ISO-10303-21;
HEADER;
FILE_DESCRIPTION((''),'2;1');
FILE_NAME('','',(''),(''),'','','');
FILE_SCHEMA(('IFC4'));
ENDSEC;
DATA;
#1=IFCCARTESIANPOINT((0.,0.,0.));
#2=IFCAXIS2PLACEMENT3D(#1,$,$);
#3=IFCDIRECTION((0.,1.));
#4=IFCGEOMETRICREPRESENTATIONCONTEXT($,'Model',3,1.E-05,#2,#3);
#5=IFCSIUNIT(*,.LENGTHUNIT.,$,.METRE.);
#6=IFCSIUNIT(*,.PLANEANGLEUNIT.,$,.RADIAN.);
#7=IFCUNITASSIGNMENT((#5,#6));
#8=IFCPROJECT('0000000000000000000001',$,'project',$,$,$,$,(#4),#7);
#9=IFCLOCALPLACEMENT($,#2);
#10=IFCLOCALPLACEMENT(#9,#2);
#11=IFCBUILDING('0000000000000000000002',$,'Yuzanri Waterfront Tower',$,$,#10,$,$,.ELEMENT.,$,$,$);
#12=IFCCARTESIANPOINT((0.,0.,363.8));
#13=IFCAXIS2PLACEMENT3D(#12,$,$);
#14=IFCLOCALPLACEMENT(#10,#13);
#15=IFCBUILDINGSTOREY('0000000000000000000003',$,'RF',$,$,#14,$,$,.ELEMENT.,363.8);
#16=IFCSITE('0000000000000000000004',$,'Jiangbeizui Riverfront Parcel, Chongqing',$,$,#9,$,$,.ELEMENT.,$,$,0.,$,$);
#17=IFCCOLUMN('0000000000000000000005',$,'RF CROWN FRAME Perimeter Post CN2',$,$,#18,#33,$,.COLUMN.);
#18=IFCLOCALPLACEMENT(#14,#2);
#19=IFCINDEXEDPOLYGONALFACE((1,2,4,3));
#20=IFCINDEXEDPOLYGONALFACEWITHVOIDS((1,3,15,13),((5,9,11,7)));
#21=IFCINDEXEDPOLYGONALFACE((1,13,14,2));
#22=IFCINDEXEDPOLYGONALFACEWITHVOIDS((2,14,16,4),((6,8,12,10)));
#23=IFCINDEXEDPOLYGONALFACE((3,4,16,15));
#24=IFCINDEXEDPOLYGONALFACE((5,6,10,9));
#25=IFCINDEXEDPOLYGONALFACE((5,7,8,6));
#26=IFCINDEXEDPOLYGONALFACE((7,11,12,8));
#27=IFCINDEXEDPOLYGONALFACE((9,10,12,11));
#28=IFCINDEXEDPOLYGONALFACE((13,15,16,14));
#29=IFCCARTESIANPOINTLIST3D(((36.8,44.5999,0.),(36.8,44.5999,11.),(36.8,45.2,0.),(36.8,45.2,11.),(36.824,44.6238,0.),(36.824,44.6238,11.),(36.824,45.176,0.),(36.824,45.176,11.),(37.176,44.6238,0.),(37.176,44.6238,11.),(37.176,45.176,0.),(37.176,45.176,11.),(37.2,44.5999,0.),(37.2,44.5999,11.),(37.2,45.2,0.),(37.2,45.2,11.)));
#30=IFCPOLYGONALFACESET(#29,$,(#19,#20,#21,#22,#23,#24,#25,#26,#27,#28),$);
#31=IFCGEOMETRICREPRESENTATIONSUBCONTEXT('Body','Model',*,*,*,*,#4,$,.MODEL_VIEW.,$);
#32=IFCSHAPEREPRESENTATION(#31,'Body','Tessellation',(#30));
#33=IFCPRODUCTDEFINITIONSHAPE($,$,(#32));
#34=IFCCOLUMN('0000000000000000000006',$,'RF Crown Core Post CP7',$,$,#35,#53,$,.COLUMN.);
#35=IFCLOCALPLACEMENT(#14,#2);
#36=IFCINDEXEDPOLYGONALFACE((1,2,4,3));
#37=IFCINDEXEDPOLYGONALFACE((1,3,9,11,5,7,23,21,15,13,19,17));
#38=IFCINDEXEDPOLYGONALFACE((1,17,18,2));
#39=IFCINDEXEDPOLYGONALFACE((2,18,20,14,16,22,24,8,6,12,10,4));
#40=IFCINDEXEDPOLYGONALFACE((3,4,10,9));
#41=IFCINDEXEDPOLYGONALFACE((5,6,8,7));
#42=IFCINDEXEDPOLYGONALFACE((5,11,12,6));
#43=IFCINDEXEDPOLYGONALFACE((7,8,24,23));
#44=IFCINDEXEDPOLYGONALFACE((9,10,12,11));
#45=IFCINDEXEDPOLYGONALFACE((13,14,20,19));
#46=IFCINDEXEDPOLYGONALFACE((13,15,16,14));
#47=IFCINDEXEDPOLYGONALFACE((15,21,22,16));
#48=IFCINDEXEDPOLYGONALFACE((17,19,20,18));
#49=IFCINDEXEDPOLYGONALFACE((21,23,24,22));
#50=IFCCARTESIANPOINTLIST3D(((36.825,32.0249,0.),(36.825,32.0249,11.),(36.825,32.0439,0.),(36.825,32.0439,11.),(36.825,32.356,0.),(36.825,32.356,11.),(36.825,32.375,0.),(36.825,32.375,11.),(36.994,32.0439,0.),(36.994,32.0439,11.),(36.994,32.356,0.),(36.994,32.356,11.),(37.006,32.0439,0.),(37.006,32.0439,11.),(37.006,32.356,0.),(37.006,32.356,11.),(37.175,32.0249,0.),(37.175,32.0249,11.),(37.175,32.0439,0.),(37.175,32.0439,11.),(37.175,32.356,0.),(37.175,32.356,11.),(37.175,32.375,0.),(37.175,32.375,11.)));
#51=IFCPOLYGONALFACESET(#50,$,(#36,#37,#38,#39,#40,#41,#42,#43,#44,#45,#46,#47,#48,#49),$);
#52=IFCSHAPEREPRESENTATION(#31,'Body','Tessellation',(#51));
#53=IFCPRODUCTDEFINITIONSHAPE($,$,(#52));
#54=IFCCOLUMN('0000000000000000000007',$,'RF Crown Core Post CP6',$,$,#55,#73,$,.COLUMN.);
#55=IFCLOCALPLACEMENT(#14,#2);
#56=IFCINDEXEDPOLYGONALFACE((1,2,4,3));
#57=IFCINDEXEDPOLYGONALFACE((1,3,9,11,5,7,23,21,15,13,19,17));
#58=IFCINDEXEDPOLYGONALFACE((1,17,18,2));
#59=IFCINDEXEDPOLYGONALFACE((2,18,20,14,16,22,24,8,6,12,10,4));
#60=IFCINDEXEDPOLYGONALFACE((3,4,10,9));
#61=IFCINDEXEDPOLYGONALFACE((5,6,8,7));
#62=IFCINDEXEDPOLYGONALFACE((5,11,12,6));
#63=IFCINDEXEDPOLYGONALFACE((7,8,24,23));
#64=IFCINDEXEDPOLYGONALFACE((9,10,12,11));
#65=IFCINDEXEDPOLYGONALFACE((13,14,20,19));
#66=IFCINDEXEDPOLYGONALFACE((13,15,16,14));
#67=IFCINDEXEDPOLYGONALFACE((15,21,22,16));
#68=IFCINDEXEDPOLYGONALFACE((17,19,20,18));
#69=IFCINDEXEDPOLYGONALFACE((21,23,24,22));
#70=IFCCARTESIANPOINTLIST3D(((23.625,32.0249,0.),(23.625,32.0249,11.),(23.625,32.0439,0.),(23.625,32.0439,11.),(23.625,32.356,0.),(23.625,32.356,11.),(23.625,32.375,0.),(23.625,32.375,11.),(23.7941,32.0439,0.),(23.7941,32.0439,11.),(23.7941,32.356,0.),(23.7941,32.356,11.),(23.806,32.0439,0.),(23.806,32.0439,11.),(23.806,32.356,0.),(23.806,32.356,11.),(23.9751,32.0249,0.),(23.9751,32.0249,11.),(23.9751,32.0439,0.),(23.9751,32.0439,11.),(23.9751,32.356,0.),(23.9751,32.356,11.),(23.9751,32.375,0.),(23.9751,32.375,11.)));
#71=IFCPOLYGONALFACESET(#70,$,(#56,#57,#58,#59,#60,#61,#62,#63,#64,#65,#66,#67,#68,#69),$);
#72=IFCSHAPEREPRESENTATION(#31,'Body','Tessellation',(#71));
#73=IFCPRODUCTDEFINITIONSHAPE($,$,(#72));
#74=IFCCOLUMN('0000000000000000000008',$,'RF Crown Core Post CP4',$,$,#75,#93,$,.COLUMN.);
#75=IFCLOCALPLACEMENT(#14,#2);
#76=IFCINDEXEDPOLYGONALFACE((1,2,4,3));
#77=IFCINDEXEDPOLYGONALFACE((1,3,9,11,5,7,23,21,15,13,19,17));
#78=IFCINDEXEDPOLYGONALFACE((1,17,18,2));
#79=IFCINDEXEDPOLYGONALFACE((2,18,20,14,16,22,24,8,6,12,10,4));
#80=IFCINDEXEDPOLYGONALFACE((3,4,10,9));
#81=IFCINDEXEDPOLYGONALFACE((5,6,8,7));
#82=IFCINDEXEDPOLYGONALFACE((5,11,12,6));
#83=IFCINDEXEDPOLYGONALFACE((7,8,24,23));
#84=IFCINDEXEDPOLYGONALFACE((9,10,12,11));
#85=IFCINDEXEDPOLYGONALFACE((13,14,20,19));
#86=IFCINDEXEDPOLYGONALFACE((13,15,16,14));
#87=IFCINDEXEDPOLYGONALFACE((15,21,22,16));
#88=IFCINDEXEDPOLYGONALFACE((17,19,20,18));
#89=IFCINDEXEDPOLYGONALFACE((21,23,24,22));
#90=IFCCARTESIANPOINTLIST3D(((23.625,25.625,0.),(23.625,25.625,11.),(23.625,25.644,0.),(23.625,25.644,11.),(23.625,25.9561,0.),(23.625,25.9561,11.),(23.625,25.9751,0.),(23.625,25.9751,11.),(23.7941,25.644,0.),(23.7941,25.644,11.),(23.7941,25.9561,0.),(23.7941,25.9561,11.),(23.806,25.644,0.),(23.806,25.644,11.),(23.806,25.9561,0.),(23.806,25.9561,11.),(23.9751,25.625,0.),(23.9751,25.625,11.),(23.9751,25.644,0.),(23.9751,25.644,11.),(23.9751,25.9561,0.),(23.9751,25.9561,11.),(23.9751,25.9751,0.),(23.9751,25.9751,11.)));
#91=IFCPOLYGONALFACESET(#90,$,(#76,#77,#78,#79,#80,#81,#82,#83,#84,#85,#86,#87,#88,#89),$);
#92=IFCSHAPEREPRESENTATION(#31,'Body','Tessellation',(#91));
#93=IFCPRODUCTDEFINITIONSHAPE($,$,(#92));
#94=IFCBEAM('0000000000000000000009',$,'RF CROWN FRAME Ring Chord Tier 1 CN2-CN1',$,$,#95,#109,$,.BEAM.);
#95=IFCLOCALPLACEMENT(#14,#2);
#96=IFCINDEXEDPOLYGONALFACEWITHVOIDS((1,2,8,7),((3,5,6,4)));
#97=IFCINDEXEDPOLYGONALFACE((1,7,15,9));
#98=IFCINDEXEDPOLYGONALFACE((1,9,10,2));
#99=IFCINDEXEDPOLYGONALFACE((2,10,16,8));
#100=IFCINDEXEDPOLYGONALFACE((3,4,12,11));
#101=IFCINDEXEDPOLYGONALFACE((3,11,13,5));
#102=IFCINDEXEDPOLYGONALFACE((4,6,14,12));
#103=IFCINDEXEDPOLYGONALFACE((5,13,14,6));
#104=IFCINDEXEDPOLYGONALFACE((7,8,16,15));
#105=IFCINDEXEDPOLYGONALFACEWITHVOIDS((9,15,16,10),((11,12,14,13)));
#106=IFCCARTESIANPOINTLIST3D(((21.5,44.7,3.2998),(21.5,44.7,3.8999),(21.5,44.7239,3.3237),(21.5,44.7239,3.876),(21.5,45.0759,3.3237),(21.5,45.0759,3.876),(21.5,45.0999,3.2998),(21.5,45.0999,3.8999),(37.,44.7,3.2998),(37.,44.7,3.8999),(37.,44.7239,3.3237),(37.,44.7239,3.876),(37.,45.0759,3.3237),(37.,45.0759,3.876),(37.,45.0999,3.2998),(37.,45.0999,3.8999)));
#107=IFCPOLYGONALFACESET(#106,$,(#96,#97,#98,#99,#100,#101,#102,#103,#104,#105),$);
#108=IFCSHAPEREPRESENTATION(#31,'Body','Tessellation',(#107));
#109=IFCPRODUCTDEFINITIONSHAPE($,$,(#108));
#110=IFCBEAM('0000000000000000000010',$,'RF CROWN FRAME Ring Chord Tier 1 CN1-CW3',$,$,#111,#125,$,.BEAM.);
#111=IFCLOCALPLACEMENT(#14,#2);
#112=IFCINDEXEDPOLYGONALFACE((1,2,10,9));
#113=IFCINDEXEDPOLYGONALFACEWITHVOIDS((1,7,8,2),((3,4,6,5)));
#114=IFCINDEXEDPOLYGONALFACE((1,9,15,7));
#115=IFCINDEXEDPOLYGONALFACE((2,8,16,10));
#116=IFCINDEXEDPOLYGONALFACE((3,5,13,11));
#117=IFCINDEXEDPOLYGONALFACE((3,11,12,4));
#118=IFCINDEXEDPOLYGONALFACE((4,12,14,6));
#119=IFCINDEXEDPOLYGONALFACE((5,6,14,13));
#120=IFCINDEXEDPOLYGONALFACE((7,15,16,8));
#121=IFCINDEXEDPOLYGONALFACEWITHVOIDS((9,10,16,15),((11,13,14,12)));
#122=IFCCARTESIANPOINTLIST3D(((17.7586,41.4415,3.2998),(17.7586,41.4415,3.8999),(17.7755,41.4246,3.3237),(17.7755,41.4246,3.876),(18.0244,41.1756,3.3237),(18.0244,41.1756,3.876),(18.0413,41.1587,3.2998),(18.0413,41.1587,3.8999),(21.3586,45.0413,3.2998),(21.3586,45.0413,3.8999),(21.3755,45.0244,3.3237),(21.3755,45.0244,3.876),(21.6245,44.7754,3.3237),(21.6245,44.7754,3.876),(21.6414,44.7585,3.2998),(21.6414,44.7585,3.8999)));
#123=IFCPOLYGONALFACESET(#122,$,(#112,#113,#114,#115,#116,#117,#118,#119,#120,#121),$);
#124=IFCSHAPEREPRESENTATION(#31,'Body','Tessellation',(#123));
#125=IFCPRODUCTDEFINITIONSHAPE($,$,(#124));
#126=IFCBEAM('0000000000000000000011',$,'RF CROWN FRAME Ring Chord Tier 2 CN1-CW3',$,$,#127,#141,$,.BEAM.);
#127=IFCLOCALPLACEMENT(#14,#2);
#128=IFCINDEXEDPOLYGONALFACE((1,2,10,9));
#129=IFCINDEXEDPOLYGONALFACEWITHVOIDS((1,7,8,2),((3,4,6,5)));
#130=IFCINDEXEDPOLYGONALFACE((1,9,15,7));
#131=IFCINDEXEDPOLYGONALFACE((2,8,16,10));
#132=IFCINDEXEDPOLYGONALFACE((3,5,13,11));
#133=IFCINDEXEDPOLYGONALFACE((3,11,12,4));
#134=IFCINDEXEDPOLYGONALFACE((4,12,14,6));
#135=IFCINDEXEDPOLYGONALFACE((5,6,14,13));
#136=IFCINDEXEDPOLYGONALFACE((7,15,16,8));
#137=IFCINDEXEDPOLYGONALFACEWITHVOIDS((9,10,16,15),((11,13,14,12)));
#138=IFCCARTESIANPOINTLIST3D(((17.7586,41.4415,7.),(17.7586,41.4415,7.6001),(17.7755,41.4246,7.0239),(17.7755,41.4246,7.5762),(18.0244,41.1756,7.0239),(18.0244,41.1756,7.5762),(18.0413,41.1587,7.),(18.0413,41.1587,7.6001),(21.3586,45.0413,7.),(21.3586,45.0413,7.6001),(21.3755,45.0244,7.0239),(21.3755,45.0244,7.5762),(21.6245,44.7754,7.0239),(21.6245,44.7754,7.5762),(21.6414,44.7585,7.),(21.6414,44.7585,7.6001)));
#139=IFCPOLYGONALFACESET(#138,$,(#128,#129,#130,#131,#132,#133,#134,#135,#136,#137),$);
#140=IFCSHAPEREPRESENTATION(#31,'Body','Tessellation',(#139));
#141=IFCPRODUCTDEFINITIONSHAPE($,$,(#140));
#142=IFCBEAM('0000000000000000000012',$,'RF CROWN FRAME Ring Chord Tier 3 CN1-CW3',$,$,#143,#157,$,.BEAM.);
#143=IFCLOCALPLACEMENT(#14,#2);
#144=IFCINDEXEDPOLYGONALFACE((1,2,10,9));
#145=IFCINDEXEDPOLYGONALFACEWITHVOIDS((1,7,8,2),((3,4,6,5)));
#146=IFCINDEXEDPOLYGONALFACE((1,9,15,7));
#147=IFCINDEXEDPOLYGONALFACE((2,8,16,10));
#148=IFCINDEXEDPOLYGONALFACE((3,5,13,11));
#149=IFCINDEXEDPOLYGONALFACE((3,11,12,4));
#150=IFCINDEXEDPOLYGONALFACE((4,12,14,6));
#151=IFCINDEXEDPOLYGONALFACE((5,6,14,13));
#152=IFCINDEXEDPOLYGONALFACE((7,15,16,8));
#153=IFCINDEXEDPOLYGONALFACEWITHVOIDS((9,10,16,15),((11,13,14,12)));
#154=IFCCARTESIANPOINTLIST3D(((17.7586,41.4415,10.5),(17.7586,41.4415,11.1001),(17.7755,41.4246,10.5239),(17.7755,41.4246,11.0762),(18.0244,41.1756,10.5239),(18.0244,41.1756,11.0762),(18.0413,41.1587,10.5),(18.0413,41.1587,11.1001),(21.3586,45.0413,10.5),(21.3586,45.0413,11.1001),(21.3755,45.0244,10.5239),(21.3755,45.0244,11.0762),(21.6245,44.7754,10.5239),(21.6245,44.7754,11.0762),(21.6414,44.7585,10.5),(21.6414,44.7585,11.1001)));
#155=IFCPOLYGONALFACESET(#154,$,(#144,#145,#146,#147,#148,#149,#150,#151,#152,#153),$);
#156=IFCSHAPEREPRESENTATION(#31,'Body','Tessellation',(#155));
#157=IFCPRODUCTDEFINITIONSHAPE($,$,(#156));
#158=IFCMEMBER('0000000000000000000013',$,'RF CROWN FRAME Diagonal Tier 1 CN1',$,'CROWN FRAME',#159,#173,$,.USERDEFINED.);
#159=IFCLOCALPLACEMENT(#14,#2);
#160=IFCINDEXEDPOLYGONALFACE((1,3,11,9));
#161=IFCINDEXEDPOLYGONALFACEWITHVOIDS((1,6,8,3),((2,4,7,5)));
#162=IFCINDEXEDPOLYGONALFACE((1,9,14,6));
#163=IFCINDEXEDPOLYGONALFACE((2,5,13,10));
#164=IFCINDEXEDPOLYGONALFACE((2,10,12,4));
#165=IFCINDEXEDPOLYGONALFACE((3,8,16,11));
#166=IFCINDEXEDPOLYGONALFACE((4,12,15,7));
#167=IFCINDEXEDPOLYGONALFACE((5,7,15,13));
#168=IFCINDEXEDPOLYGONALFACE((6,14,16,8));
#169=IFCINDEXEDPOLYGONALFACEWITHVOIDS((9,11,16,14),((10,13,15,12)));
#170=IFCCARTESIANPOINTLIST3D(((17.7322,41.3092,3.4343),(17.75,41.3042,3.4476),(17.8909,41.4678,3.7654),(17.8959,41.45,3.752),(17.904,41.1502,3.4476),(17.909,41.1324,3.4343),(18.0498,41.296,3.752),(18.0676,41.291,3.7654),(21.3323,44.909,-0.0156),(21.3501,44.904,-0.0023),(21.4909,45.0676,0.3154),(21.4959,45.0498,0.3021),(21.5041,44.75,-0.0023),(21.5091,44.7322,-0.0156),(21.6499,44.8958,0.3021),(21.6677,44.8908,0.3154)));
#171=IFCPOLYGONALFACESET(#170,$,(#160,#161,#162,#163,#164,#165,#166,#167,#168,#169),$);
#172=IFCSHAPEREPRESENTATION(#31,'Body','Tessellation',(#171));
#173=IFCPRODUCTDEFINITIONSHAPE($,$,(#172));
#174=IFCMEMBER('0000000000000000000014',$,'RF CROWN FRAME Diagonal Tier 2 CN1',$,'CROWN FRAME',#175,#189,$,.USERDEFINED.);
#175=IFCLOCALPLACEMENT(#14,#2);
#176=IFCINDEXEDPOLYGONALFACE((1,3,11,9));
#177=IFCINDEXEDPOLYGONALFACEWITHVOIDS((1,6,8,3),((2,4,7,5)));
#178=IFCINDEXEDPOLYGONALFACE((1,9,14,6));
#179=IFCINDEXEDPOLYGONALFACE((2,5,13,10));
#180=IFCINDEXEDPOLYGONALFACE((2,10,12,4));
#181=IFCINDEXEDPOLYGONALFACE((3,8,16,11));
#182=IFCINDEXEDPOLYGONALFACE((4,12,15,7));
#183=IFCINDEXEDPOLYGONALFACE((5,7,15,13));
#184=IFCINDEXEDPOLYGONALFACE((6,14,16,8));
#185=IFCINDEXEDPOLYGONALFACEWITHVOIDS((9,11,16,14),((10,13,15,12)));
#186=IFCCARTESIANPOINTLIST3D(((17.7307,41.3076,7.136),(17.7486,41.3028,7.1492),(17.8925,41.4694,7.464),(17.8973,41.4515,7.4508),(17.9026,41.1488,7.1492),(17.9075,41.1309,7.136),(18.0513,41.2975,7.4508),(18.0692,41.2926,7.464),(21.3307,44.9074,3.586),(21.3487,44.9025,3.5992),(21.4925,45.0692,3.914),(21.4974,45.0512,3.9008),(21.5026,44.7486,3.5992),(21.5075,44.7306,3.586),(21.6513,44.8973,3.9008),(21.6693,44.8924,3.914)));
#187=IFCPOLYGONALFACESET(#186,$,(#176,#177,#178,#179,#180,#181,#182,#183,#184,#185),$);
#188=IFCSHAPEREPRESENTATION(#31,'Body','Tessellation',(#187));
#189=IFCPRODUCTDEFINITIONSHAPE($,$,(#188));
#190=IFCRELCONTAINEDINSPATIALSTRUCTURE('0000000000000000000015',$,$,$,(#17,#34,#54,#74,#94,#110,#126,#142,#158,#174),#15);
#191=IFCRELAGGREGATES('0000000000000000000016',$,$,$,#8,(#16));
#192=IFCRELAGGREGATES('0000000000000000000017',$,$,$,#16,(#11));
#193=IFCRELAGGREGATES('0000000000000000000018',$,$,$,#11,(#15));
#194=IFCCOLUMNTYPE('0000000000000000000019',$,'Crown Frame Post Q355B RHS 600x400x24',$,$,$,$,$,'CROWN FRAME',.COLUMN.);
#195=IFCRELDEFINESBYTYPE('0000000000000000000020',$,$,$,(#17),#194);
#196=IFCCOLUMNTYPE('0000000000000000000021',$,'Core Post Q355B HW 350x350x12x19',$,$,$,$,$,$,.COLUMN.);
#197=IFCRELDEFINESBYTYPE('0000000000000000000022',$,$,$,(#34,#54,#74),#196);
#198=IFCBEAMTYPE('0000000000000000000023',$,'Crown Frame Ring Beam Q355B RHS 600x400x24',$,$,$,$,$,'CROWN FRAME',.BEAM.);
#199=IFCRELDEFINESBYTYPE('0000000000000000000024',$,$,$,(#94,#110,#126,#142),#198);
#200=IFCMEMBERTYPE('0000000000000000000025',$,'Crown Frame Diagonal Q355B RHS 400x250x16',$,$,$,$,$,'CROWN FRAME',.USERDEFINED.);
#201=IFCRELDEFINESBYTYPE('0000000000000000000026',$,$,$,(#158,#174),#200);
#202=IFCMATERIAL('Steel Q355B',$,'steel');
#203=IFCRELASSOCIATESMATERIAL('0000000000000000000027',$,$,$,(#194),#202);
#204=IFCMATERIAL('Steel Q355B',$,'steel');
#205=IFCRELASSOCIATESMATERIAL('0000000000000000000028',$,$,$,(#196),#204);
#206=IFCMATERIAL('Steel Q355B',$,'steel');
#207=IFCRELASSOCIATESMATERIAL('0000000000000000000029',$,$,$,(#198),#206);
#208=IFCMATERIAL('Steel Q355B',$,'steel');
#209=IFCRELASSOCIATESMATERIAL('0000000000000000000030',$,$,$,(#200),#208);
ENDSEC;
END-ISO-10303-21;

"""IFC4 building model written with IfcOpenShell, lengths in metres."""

from ifc_helpers import new_model, si_unit, direction, frame, origin, origin_2d, place, context, subcontext, project, spatial, hollow_rectangle, i_section, extrude, source, transform, mapped, material, material_profile, profile_set, type_object, element, save


model = new_model("IFC4")

# Units and contexts
model_context = context("Model", 3, precision=1e-05, world=origin(), true_north=direction((0.0, 1.0)))
body_context = subcontext(model_context, "Body", "Model", "MODEL_VIEW")
ifc_project = project(units=[si_unit("LENGTHUNIT", "METRE"), si_unit("PLANEANGLEUNIT", "RADIAN")], contexts=[model_context])

# Site, building, storey
site_placement = place(None, origin())
site = spatial("IfcSite", under=ifc_project, at=site_placement, Name="Jiangbeizui Riverfront Parcel, Chongqing", CompositionType="ELEMENT", RefElevation=0.0)
building_placement = place(site_placement, origin())
building = spatial("IfcBuilding", under=site, at=building_placement, Name="Yuzanri Waterfront Tower", CompositionType="ELEMENT")
storey_placement = place(building_placement, frame((0.0, 0.0, 363.8)))
storey = spatial("IfcBuildingStorey", under=building, at=storey_placement, Name="RF", CompositionType="ELEMENT", Elevation=363.8)

# Columns
ifc_material_1 = material(Name="Steel Q355B", Category="steel")
ifc_material_profile_1 = material_profile(ifc_material_1, hollow_rectangle(XDim=0.3999, YDim=0.6001, WallThickness=0.0239, at=origin_2d()), Name="RHS 600x400x24")
ifc_profile_set_1 = profile_set([ifc_material_profile_1], Name="Steel Q355B")
column_type_1 = type_object("IfcColumnType", Name="Crown Frame Post Q355B RHS 600x400x24", ElementType="CROWN FRAME", PredefinedType="COLUMN", material=ifc_profile_set_1)
shared_shape_1 = source(origin(), body_context, "Body", "SweptSolid", [
    extrude(hollow_rectangle(XDim=0.3999, YDim=0.6001, WallThickness=0.0239, at=origin_2d()), origin(), (0.0, 0.0, 1.0), 11.0),
])
column_placement = place(storey_placement, frame((37.0, 44.8999, 0.0), z_axis=(0.0, 0.0, 1.0), x_axis=(1.0, 0.0, 0.0)))
element("IfcColumn", 1, at=column_placement, inside=storey, type_object=column_type_1, Name="RF CROWN FRAME Perimeter Post CN2", PredefinedType="COLUMN", context=body_context, shape_type="MappedRepresentation", body=[
    mapped(shared_shape_1, transform((0.0, 0.0, 0.0), scale=1.0)),
])
ifc_material_2 = material(Name="Steel Q355B", Category="steel")
ifc_material_profile_2 = material_profile(ifc_material_2, i_section(OverallWidth=0.3501, OverallDepth=0.3501, WebThickness=0.012, FlangeThickness=0.019, at=origin_2d()), Name="HW 350x350x12x19")
ifc_profile_set_2 = profile_set([ifc_material_profile_2], Name="Steel Q355B")
column_type_2 = type_object("IfcColumnType", Name="Core Post Q355B HW 350x350x12x19", PredefinedType="COLUMN", material=ifc_profile_set_2)
shared_shape_2 = source(origin(), body_context, "Body", "SweptSolid", [
    extrude(i_section(OverallWidth=0.3501, OverallDepth=0.3501, WebThickness=0.012, FlangeThickness=0.019, at=origin_2d()), origin(), (0.0, 0.0, 1.0), 11.0),
])
for number, where, z_axis, x_axis, name in (
    (2, (37.0, 32.2, 0.0), (0.0, 0.0, 1.0), (1.0, 0.0, 0.0), "RF Crown Core Post CP7"),
    (3, (23.8, 32.2, 0.0), (0.0, 0.0, 1.0), (1.0, 0.0, 0.0), "RF Crown Core Post CP6"),
    (4, (23.8, 25.8, 0.0), (0.0, 0.0, 1.0), (1.0, 0.0, 0.0), "RF Crown Core Post CP4"),
):
    element("IfcColumn", number, at=place(storey_placement, frame(where, z_axis=z_axis, x_axis=x_axis)), inside=storey, type_object=column_type_2, Name=name, PredefinedType="COLUMN", context=body_context, shape_type="MappedRepresentation", body=[
        mapped(shared_shape_2, transform((0.0, 0.0, 0.0), scale=1.0)),
    ])

# Beams
ifc_material_3 = material(Name="Steel Q355B", Category="steel")
ifc_material_profile_3 = material_profile(ifc_material_3, hollow_rectangle(XDim=0.3999, YDim=0.6001, WallThickness=0.0239, at=origin_2d()), Name="RHS 600x400x24")
ifc_profile_set_3 = profile_set([ifc_material_profile_3], Name="Steel Q355B")
beam_type = type_object("IfcBeamType", Name="Crown Frame Ring Beam Q355B RHS 600x400x24", ElementType="CROWN FRAME", PredefinedType="BEAM", material=ifc_profile_set_3)
shared_shape_3 = source(origin(), body_context, "Body", "SweptSolid", [
    extrude(hollow_rectangle(XDim=0.3999, YDim=0.6001, WallThickness=0.0239, at=origin_2d()), origin(), (0.0, 0.0, 1.0), 15.5),
])
beam_placement = place(storey_placement, frame((37.0, 44.8999, 3.5999), z_axis=(-1.0, 0.0, 0.0), x_axis=(0.0, -1.0, 0.0)))
element("IfcBeam", 5, at=beam_placement, inside=storey, type_object=beam_type, Name="RF CROWN FRAME Ring Chord Tier 1 CN2-CN1", PredefinedType="BEAM", context=body_context, shape_type="MappedRepresentation", body=[
    mapped(shared_shape_3, transform((0.0, 0.0, 0.0), scale=1.0)),
])
shared_shape_4 = source(origin(), body_context, "Body", "SweptSolid", [
    extrude(hollow_rectangle(XDim=0.3999, YDim=0.6001, WallThickness=0.0239, at=origin_2d()), origin(), (0.0, 0.0, 1.0), 5.0911),
])
for number, where, z_axis, x_axis, name in (
    (6, (21.5, 44.8999, 3.5999), (-0.707131, -0.707083, 0.0), (0.707083, -0.707131, 0.0), "RF CROWN FRAME Ring Chord Tier 1 CN1-CW3"),
    (7, (21.5, 44.8999, 7.3), (-0.707131, -0.707083, 0.0), (0.707083, -0.707131, 0.0), "RF CROWN FRAME Ring Chord Tier 2 CN1-CW3"),
    (8, (21.5, 44.8999, 10.8), (-0.707131, -0.707083, 0.0), (0.707083, -0.707131, 0.0), "RF CROWN FRAME Ring Chord Tier 3 CN1-CW3"),
):
    element("IfcBeam", number, at=place(storey_placement, frame(where, z_axis=z_axis, x_axis=x_axis)), inside=storey, type_object=beam_type, Name=name, PredefinedType="BEAM", context=body_context, shape_type="MappedRepresentation", body=[
        mapped(shared_shape_4, transform((0.0, 0.0, 0.0), scale=1.0)),
    ])

# Members
ifc_material_4 = material(Name="Steel Q355B", Category="steel")
ifc_material_profile_4 = material_profile(ifc_material_4, hollow_rectangle(XDim=0.25, YDim=0.3999, WallThickness=0.0161, at=origin_2d()), Name="RHS 400x250x16")
ifc_profile_set_4 = profile_set([ifc_material_profile_4], Name="Steel Q355B")
member_type_1 = type_object("IfcMemberType", Name="Crown Frame Diagonal Q355B RHS 400x250x16", ElementType="CROWN FRAME", PredefinedType="USERDEFINED", material=ifc_profile_set_4)
shared_shape_5 = source(origin(), body_context, "Body", "SweptSolid", [
    extrude(hollow_rectangle(XDim=0.25, YDim=0.3999, WallThickness=0.0161, at=origin_2d()), origin(), (0.0, 0.0, 1.0), 6.1499),
])
member_1_placement = place(storey_placement, frame((21.5, 44.8999, 0.1499), z_axis=(-0.585387, -0.585347, 0.560973), x_axis=(0.707083, -0.707131, 0.0)))
element("IfcMember", 9, at=member_1_placement, inside=storey, type_object=member_type_1, Name="RF CROWN FRAME Diagonal Tier 1 CN1", ObjectType="CROWN FRAME", PredefinedType="USERDEFINED", context=body_context, shape_type="MappedRepresentation", body=[
    mapped(shared_shape_5, transform((0.0, 0.0, 0.0), scale=1.0)),
])
shared_shape_6 = source(origin(), body_context, "Body", "SweptSolid", [
    extrude(hollow_rectangle(XDim=0.25, YDim=0.3999, WallThickness=0.0161, at=origin_2d()), origin(), (0.0, 0.0, 1.0), 6.2065),
])
member_2_placement = place(storey_placement, frame((21.5, 44.8999, 3.75), z_axis=(-0.580039, -0.58, 0.571975), x_axis=(0.707083, -0.707131, 0.0)))
element("IfcMember", 10, at=member_2_placement, inside=storey, type_object=member_type_1, Name="RF CROWN FRAME Diagonal Tier 2 CN1", ObjectType="CROWN FRAME", PredefinedType="USERDEFINED", context=body_context, shape_type="MappedRepresentation", body=[
    mapped(shared_shape_6, transform((0.0, 0.0, 0.0), scale=1.0)),
])

save(model, "model.ifc")
